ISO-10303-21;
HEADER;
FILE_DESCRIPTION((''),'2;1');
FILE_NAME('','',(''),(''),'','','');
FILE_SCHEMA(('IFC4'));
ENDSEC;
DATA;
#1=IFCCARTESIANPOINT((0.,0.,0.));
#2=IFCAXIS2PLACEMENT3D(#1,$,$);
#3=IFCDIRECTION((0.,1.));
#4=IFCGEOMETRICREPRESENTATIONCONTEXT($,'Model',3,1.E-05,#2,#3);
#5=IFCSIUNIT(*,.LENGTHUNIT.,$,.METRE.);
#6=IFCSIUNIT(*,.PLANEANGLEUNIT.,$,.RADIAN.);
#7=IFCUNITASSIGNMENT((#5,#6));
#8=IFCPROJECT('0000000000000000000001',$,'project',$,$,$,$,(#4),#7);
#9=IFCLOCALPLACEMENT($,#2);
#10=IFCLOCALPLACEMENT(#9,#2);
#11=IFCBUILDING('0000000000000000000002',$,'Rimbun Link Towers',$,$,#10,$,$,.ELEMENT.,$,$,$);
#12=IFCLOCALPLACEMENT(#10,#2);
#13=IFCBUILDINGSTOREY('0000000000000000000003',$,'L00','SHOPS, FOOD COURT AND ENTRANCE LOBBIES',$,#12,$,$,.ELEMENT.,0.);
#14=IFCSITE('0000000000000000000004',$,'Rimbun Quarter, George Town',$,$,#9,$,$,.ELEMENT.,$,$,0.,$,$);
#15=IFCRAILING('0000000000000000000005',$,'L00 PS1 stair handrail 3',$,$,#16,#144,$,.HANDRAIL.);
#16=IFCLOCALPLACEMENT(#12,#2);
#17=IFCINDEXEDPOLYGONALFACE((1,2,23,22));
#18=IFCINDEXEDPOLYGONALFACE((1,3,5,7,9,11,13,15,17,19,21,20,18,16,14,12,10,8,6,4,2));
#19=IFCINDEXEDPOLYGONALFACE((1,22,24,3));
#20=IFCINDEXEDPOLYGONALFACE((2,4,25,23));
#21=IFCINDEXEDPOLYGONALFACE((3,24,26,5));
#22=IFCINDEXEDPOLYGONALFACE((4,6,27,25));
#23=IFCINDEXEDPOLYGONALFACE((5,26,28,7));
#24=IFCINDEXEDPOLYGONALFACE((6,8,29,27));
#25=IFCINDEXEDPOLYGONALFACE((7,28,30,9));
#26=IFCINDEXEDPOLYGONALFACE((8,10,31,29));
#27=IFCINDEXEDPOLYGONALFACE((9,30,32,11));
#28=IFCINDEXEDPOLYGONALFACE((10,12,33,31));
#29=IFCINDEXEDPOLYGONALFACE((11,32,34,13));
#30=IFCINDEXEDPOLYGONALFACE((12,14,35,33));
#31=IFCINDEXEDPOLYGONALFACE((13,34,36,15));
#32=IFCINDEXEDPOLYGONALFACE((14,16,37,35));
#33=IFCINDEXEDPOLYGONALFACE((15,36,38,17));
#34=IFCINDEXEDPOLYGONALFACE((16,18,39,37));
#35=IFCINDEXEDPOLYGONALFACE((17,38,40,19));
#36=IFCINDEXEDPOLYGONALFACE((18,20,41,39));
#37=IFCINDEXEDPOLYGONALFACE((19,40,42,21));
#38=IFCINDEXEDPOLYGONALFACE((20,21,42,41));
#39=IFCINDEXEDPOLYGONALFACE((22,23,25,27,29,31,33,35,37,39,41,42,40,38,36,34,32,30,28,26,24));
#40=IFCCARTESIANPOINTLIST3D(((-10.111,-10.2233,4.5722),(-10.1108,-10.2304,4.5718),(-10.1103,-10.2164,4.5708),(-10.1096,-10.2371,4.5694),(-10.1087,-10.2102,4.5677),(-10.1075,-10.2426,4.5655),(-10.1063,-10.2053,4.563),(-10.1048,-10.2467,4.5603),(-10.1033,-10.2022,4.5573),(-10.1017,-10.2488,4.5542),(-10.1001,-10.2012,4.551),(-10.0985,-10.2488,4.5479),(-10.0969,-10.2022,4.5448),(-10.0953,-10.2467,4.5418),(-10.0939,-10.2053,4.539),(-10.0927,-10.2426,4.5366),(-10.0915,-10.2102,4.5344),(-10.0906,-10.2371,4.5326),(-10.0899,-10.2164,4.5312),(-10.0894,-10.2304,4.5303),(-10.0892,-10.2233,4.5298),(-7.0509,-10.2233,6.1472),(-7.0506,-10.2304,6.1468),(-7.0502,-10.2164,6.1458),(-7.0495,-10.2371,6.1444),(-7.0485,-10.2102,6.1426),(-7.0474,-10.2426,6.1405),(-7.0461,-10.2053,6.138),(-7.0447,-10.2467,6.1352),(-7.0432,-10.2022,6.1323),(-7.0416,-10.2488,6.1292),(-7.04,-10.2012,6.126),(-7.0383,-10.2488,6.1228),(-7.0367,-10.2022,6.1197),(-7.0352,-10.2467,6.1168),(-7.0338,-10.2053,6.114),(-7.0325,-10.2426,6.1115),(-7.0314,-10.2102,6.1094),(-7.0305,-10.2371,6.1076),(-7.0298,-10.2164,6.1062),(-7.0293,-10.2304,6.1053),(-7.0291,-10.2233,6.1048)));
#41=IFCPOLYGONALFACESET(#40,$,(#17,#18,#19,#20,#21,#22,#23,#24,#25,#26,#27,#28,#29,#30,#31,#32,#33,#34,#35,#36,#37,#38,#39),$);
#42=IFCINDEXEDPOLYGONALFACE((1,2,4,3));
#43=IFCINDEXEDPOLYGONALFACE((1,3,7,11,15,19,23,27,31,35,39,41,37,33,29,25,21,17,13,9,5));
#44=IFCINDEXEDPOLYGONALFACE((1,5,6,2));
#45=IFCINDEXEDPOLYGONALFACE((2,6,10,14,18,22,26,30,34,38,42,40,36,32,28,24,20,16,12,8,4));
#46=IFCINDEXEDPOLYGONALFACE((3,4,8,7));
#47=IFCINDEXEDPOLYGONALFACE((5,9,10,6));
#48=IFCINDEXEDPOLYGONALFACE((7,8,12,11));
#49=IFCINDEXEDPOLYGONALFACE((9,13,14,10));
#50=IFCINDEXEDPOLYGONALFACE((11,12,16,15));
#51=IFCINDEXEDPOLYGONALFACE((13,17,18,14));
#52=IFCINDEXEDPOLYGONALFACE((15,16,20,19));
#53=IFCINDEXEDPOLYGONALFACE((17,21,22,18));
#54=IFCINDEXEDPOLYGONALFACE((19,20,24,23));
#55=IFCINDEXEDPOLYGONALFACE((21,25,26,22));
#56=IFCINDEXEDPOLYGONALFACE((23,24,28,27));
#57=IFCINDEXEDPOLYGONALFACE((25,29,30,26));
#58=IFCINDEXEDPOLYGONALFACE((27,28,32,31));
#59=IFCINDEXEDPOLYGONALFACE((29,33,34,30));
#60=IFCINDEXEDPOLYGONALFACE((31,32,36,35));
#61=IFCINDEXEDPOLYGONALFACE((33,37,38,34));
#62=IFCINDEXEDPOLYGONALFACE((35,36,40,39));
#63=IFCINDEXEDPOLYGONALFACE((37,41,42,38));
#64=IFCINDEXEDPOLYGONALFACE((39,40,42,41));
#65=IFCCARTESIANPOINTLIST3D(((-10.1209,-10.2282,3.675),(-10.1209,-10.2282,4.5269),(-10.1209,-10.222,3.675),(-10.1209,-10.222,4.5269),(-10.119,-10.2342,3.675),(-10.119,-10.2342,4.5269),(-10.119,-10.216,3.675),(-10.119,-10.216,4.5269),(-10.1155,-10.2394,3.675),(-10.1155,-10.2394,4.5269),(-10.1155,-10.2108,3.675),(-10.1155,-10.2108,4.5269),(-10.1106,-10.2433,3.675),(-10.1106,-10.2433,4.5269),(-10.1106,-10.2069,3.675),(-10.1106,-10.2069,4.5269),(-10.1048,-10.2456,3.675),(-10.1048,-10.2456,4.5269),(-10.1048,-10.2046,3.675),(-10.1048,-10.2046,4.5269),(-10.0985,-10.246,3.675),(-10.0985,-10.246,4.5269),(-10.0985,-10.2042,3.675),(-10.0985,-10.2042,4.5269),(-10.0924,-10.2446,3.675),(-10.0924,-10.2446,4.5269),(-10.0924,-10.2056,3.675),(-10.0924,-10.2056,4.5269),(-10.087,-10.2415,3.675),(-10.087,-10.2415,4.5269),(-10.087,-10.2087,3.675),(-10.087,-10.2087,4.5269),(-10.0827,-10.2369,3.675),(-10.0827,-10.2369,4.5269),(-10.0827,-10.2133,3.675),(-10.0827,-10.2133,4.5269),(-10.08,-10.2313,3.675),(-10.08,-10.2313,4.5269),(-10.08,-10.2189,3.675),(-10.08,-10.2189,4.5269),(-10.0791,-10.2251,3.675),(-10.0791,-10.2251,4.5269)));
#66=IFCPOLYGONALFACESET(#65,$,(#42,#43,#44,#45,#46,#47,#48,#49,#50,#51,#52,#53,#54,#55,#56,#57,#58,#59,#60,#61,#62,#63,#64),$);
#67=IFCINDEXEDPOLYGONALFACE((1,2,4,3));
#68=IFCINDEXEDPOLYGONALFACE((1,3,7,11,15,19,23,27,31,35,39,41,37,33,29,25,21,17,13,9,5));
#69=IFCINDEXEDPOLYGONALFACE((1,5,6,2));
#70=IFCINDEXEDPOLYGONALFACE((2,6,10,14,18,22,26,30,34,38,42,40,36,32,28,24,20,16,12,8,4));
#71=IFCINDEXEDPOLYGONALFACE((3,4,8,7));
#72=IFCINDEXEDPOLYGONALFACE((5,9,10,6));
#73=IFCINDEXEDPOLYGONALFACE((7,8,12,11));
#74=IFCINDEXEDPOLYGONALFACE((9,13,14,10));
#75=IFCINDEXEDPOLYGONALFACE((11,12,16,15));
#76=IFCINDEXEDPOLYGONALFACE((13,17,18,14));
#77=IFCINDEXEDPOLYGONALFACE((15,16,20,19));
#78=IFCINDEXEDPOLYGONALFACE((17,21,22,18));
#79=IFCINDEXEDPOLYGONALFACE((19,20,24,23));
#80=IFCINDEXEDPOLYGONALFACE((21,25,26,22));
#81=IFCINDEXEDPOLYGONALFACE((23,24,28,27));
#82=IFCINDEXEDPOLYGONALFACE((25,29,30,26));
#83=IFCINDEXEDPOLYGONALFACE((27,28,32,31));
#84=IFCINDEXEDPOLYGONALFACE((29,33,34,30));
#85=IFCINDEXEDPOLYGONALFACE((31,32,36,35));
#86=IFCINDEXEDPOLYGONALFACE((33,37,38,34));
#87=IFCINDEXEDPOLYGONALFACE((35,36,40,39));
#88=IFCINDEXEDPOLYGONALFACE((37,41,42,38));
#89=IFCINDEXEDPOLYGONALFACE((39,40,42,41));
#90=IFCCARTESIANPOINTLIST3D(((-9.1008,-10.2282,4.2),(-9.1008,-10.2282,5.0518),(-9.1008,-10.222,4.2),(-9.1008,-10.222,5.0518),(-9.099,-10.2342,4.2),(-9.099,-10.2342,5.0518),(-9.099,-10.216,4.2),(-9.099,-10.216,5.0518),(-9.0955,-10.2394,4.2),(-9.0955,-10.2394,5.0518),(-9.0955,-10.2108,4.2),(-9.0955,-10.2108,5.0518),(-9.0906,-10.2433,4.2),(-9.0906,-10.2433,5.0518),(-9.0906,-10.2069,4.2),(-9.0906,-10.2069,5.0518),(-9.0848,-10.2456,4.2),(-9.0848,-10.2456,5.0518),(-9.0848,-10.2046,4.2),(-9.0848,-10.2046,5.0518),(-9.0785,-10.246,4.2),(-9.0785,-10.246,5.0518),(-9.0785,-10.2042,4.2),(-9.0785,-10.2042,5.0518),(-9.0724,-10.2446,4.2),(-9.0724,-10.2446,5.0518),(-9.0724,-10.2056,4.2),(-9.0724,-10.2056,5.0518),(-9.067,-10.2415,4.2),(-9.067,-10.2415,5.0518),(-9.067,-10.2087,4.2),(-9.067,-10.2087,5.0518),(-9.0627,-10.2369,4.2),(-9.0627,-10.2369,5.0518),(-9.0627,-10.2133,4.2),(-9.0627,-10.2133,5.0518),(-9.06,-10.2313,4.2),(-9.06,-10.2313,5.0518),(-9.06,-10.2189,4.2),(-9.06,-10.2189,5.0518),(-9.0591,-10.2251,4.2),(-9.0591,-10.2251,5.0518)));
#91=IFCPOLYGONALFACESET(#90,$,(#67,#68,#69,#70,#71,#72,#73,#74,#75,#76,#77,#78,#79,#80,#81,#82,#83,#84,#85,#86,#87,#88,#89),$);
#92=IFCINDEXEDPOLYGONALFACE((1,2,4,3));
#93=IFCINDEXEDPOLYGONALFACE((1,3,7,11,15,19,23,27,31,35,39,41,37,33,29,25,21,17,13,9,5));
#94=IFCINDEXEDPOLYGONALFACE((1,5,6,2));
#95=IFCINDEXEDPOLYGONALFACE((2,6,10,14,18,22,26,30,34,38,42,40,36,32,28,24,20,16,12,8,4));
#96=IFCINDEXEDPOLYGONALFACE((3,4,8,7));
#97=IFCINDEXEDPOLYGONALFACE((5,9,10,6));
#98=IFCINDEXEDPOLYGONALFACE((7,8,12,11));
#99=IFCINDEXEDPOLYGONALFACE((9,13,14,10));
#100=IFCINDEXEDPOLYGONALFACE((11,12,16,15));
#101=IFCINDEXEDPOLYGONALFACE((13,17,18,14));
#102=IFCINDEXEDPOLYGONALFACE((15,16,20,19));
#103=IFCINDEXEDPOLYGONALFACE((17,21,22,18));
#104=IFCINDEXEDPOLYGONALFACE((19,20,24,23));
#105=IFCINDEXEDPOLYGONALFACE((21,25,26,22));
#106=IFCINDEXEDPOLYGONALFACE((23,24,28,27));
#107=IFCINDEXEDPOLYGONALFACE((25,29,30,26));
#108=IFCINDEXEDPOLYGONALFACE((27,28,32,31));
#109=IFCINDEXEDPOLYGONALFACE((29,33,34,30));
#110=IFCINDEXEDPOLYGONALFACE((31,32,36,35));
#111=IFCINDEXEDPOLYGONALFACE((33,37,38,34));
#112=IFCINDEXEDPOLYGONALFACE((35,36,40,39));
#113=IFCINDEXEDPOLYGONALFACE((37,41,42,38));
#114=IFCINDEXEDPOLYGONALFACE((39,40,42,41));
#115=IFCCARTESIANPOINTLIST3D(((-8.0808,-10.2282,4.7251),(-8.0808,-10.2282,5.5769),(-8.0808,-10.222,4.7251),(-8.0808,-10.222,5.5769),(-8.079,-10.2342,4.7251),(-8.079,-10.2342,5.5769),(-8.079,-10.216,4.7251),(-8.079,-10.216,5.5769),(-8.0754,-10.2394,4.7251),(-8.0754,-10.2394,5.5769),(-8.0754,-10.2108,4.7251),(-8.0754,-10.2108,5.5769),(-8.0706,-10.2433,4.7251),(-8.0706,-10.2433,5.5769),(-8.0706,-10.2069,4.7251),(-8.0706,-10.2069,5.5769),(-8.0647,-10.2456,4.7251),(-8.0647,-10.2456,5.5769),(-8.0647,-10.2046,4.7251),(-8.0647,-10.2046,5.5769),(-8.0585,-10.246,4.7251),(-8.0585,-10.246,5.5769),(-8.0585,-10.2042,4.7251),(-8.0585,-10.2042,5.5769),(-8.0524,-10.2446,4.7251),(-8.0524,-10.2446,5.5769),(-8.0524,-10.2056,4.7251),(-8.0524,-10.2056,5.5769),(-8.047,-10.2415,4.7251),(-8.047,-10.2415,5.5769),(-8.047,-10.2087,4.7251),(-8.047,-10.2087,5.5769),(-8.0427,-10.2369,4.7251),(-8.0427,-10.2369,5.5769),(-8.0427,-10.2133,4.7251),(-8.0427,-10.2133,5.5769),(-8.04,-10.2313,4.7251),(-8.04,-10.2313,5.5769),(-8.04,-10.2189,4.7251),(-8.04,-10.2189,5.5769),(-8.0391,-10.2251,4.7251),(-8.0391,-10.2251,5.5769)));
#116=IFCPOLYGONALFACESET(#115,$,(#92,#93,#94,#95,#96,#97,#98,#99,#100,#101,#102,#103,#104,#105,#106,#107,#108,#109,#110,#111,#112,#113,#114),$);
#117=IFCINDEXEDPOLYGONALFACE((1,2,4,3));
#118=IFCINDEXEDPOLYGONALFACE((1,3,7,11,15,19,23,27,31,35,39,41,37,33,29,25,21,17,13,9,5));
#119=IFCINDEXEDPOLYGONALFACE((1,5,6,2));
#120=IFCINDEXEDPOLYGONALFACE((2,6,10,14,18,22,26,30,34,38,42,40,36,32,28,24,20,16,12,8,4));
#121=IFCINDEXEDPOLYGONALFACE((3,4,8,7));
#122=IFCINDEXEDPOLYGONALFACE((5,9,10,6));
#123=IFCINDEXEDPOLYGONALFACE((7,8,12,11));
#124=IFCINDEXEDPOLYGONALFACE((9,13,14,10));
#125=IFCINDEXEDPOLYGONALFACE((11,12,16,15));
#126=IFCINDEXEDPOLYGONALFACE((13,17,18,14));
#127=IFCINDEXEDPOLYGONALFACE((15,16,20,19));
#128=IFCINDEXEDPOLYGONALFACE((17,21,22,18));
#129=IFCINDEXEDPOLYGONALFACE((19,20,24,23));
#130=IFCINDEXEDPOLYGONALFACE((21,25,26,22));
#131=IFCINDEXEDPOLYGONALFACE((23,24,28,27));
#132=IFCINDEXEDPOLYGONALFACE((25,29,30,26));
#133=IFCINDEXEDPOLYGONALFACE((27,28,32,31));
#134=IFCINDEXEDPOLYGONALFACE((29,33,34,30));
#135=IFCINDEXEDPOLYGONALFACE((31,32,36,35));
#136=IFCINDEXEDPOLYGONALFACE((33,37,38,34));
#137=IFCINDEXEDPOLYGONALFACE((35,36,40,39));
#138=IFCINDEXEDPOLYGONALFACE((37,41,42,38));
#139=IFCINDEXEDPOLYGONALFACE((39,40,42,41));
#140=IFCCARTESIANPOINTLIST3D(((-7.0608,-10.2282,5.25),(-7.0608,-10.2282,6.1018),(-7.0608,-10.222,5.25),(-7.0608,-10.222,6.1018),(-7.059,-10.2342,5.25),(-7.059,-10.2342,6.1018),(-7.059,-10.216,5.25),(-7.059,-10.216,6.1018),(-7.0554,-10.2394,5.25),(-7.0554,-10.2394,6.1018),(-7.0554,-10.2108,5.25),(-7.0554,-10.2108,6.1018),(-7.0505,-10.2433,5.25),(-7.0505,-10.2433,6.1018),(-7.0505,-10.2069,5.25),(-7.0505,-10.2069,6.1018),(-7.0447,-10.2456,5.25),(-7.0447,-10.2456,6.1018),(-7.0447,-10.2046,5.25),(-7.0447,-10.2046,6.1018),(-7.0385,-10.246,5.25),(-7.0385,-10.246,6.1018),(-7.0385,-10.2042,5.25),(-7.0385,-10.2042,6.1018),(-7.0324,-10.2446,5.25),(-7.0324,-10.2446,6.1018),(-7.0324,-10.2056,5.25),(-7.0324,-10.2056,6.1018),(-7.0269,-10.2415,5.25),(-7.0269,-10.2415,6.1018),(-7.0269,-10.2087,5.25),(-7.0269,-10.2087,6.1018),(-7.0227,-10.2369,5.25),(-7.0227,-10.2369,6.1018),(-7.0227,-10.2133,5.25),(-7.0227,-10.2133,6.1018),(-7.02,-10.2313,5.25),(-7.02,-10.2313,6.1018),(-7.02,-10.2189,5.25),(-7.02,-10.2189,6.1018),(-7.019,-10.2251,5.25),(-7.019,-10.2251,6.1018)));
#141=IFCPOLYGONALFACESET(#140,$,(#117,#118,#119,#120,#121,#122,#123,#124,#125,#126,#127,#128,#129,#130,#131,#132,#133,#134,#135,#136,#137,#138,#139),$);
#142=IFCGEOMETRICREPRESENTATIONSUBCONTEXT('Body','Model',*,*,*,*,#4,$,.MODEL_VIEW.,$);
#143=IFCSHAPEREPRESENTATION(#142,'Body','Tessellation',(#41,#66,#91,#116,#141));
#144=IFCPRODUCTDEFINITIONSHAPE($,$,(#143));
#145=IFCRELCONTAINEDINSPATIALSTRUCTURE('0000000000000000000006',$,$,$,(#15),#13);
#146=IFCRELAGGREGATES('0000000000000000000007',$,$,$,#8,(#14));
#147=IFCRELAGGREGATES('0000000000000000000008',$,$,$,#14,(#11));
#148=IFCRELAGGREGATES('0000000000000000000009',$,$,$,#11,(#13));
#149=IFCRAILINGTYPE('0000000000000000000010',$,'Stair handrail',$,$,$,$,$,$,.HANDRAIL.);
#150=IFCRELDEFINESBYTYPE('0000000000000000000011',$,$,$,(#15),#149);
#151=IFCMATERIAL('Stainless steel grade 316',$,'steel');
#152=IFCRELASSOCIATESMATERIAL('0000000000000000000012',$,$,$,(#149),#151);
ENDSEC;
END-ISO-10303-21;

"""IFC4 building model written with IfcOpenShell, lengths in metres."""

from ifc_helpers import new_model, si_unit, direction, frame, origin, origin_2d, place, context, subcontext, project, spatial, circle, extrude, material, type_object, element, save


model = new_model("IFC4")

# Units and contexts
model_context = context("Model", 3, precision=1e-05, world=origin(), true_north=direction((0.0, 1.0)))
body_context = subcontext(model_context, "Body", "Model", "MODEL_VIEW")
ifc_project = project(units=[si_unit("LENGTHUNIT", "METRE"), si_unit("PLANEANGLEUNIT", "RADIAN")], contexts=[model_context])

# Site, building, storey
site_placement = place(None, origin())
site = spatial("IfcSite", under=ifc_project, at=site_placement, Name="Rimbun Quarter, George Town", CompositionType="ELEMENT", RefElevation=0.0)
building_placement = place(site_placement, origin())
building = spatial("IfcBuilding", under=site, at=building_placement, Name="Rimbun Link Towers", CompositionType="ELEMENT")
storey_placement = place(building_placement, origin())
storey = spatial("IfcBuildingStorey", under=building, at=storey_placement, Name="L00", Description="SHOPS, FOOD COURT AND ENTRANCE LOBBIES", CompositionType="ELEMENT", Elevation=0.0)

# Railing
ifc_material_1 = material(Name="Stainless steel grade 316", Category="steel")
railing_type_1 = type_object("IfcRailingType", Name="Stair handrail", PredefinedType="HANDRAIL", material=ifc_material_1)
railing_1_placement = place(storey_placement, frame((-10.1001, -10.2251, 3.675)))
element("IfcRailing", 1, at=railing_1_placement, inside=storey, type_object=railing_type_1, Name="L00 PS1 stair handrail 3", PredefinedType="HANDRAIL", context=body_context, shape_type="SweptSolid", body=[
    extrude(circle(Radius=0.0239, at=origin_2d()), frame((0.0, 0.0, 0.876), z_axis=(0.889145, 0.0, 0.457625), x_axis=(0.0, 1.0, 0.0)), (0.0, 0.0, 1.0), 3.4417),
    extrude(circle(Radius=0.021, at=origin_2d()), origin(), (0.0, 0.0, 1.0), 0.8518),
    extrude(circle(Radius=0.021, at=origin_2d()), frame((1.02, 0.0, 0.5249)), (0.0, 0.0, 1.0), 0.8518),
    extrude(circle(Radius=0.021, at=origin_2d()), frame((2.04, 0.0, 1.05)), (0.0, 0.0, 1.0), 0.8518),
    extrude(circle(Radius=0.021, at=origin_2d()), frame((3.0601, 0.0, 1.575)), (0.0, 0.0, 1.0), 0.8518),
])

save(model, "model.ifc")
